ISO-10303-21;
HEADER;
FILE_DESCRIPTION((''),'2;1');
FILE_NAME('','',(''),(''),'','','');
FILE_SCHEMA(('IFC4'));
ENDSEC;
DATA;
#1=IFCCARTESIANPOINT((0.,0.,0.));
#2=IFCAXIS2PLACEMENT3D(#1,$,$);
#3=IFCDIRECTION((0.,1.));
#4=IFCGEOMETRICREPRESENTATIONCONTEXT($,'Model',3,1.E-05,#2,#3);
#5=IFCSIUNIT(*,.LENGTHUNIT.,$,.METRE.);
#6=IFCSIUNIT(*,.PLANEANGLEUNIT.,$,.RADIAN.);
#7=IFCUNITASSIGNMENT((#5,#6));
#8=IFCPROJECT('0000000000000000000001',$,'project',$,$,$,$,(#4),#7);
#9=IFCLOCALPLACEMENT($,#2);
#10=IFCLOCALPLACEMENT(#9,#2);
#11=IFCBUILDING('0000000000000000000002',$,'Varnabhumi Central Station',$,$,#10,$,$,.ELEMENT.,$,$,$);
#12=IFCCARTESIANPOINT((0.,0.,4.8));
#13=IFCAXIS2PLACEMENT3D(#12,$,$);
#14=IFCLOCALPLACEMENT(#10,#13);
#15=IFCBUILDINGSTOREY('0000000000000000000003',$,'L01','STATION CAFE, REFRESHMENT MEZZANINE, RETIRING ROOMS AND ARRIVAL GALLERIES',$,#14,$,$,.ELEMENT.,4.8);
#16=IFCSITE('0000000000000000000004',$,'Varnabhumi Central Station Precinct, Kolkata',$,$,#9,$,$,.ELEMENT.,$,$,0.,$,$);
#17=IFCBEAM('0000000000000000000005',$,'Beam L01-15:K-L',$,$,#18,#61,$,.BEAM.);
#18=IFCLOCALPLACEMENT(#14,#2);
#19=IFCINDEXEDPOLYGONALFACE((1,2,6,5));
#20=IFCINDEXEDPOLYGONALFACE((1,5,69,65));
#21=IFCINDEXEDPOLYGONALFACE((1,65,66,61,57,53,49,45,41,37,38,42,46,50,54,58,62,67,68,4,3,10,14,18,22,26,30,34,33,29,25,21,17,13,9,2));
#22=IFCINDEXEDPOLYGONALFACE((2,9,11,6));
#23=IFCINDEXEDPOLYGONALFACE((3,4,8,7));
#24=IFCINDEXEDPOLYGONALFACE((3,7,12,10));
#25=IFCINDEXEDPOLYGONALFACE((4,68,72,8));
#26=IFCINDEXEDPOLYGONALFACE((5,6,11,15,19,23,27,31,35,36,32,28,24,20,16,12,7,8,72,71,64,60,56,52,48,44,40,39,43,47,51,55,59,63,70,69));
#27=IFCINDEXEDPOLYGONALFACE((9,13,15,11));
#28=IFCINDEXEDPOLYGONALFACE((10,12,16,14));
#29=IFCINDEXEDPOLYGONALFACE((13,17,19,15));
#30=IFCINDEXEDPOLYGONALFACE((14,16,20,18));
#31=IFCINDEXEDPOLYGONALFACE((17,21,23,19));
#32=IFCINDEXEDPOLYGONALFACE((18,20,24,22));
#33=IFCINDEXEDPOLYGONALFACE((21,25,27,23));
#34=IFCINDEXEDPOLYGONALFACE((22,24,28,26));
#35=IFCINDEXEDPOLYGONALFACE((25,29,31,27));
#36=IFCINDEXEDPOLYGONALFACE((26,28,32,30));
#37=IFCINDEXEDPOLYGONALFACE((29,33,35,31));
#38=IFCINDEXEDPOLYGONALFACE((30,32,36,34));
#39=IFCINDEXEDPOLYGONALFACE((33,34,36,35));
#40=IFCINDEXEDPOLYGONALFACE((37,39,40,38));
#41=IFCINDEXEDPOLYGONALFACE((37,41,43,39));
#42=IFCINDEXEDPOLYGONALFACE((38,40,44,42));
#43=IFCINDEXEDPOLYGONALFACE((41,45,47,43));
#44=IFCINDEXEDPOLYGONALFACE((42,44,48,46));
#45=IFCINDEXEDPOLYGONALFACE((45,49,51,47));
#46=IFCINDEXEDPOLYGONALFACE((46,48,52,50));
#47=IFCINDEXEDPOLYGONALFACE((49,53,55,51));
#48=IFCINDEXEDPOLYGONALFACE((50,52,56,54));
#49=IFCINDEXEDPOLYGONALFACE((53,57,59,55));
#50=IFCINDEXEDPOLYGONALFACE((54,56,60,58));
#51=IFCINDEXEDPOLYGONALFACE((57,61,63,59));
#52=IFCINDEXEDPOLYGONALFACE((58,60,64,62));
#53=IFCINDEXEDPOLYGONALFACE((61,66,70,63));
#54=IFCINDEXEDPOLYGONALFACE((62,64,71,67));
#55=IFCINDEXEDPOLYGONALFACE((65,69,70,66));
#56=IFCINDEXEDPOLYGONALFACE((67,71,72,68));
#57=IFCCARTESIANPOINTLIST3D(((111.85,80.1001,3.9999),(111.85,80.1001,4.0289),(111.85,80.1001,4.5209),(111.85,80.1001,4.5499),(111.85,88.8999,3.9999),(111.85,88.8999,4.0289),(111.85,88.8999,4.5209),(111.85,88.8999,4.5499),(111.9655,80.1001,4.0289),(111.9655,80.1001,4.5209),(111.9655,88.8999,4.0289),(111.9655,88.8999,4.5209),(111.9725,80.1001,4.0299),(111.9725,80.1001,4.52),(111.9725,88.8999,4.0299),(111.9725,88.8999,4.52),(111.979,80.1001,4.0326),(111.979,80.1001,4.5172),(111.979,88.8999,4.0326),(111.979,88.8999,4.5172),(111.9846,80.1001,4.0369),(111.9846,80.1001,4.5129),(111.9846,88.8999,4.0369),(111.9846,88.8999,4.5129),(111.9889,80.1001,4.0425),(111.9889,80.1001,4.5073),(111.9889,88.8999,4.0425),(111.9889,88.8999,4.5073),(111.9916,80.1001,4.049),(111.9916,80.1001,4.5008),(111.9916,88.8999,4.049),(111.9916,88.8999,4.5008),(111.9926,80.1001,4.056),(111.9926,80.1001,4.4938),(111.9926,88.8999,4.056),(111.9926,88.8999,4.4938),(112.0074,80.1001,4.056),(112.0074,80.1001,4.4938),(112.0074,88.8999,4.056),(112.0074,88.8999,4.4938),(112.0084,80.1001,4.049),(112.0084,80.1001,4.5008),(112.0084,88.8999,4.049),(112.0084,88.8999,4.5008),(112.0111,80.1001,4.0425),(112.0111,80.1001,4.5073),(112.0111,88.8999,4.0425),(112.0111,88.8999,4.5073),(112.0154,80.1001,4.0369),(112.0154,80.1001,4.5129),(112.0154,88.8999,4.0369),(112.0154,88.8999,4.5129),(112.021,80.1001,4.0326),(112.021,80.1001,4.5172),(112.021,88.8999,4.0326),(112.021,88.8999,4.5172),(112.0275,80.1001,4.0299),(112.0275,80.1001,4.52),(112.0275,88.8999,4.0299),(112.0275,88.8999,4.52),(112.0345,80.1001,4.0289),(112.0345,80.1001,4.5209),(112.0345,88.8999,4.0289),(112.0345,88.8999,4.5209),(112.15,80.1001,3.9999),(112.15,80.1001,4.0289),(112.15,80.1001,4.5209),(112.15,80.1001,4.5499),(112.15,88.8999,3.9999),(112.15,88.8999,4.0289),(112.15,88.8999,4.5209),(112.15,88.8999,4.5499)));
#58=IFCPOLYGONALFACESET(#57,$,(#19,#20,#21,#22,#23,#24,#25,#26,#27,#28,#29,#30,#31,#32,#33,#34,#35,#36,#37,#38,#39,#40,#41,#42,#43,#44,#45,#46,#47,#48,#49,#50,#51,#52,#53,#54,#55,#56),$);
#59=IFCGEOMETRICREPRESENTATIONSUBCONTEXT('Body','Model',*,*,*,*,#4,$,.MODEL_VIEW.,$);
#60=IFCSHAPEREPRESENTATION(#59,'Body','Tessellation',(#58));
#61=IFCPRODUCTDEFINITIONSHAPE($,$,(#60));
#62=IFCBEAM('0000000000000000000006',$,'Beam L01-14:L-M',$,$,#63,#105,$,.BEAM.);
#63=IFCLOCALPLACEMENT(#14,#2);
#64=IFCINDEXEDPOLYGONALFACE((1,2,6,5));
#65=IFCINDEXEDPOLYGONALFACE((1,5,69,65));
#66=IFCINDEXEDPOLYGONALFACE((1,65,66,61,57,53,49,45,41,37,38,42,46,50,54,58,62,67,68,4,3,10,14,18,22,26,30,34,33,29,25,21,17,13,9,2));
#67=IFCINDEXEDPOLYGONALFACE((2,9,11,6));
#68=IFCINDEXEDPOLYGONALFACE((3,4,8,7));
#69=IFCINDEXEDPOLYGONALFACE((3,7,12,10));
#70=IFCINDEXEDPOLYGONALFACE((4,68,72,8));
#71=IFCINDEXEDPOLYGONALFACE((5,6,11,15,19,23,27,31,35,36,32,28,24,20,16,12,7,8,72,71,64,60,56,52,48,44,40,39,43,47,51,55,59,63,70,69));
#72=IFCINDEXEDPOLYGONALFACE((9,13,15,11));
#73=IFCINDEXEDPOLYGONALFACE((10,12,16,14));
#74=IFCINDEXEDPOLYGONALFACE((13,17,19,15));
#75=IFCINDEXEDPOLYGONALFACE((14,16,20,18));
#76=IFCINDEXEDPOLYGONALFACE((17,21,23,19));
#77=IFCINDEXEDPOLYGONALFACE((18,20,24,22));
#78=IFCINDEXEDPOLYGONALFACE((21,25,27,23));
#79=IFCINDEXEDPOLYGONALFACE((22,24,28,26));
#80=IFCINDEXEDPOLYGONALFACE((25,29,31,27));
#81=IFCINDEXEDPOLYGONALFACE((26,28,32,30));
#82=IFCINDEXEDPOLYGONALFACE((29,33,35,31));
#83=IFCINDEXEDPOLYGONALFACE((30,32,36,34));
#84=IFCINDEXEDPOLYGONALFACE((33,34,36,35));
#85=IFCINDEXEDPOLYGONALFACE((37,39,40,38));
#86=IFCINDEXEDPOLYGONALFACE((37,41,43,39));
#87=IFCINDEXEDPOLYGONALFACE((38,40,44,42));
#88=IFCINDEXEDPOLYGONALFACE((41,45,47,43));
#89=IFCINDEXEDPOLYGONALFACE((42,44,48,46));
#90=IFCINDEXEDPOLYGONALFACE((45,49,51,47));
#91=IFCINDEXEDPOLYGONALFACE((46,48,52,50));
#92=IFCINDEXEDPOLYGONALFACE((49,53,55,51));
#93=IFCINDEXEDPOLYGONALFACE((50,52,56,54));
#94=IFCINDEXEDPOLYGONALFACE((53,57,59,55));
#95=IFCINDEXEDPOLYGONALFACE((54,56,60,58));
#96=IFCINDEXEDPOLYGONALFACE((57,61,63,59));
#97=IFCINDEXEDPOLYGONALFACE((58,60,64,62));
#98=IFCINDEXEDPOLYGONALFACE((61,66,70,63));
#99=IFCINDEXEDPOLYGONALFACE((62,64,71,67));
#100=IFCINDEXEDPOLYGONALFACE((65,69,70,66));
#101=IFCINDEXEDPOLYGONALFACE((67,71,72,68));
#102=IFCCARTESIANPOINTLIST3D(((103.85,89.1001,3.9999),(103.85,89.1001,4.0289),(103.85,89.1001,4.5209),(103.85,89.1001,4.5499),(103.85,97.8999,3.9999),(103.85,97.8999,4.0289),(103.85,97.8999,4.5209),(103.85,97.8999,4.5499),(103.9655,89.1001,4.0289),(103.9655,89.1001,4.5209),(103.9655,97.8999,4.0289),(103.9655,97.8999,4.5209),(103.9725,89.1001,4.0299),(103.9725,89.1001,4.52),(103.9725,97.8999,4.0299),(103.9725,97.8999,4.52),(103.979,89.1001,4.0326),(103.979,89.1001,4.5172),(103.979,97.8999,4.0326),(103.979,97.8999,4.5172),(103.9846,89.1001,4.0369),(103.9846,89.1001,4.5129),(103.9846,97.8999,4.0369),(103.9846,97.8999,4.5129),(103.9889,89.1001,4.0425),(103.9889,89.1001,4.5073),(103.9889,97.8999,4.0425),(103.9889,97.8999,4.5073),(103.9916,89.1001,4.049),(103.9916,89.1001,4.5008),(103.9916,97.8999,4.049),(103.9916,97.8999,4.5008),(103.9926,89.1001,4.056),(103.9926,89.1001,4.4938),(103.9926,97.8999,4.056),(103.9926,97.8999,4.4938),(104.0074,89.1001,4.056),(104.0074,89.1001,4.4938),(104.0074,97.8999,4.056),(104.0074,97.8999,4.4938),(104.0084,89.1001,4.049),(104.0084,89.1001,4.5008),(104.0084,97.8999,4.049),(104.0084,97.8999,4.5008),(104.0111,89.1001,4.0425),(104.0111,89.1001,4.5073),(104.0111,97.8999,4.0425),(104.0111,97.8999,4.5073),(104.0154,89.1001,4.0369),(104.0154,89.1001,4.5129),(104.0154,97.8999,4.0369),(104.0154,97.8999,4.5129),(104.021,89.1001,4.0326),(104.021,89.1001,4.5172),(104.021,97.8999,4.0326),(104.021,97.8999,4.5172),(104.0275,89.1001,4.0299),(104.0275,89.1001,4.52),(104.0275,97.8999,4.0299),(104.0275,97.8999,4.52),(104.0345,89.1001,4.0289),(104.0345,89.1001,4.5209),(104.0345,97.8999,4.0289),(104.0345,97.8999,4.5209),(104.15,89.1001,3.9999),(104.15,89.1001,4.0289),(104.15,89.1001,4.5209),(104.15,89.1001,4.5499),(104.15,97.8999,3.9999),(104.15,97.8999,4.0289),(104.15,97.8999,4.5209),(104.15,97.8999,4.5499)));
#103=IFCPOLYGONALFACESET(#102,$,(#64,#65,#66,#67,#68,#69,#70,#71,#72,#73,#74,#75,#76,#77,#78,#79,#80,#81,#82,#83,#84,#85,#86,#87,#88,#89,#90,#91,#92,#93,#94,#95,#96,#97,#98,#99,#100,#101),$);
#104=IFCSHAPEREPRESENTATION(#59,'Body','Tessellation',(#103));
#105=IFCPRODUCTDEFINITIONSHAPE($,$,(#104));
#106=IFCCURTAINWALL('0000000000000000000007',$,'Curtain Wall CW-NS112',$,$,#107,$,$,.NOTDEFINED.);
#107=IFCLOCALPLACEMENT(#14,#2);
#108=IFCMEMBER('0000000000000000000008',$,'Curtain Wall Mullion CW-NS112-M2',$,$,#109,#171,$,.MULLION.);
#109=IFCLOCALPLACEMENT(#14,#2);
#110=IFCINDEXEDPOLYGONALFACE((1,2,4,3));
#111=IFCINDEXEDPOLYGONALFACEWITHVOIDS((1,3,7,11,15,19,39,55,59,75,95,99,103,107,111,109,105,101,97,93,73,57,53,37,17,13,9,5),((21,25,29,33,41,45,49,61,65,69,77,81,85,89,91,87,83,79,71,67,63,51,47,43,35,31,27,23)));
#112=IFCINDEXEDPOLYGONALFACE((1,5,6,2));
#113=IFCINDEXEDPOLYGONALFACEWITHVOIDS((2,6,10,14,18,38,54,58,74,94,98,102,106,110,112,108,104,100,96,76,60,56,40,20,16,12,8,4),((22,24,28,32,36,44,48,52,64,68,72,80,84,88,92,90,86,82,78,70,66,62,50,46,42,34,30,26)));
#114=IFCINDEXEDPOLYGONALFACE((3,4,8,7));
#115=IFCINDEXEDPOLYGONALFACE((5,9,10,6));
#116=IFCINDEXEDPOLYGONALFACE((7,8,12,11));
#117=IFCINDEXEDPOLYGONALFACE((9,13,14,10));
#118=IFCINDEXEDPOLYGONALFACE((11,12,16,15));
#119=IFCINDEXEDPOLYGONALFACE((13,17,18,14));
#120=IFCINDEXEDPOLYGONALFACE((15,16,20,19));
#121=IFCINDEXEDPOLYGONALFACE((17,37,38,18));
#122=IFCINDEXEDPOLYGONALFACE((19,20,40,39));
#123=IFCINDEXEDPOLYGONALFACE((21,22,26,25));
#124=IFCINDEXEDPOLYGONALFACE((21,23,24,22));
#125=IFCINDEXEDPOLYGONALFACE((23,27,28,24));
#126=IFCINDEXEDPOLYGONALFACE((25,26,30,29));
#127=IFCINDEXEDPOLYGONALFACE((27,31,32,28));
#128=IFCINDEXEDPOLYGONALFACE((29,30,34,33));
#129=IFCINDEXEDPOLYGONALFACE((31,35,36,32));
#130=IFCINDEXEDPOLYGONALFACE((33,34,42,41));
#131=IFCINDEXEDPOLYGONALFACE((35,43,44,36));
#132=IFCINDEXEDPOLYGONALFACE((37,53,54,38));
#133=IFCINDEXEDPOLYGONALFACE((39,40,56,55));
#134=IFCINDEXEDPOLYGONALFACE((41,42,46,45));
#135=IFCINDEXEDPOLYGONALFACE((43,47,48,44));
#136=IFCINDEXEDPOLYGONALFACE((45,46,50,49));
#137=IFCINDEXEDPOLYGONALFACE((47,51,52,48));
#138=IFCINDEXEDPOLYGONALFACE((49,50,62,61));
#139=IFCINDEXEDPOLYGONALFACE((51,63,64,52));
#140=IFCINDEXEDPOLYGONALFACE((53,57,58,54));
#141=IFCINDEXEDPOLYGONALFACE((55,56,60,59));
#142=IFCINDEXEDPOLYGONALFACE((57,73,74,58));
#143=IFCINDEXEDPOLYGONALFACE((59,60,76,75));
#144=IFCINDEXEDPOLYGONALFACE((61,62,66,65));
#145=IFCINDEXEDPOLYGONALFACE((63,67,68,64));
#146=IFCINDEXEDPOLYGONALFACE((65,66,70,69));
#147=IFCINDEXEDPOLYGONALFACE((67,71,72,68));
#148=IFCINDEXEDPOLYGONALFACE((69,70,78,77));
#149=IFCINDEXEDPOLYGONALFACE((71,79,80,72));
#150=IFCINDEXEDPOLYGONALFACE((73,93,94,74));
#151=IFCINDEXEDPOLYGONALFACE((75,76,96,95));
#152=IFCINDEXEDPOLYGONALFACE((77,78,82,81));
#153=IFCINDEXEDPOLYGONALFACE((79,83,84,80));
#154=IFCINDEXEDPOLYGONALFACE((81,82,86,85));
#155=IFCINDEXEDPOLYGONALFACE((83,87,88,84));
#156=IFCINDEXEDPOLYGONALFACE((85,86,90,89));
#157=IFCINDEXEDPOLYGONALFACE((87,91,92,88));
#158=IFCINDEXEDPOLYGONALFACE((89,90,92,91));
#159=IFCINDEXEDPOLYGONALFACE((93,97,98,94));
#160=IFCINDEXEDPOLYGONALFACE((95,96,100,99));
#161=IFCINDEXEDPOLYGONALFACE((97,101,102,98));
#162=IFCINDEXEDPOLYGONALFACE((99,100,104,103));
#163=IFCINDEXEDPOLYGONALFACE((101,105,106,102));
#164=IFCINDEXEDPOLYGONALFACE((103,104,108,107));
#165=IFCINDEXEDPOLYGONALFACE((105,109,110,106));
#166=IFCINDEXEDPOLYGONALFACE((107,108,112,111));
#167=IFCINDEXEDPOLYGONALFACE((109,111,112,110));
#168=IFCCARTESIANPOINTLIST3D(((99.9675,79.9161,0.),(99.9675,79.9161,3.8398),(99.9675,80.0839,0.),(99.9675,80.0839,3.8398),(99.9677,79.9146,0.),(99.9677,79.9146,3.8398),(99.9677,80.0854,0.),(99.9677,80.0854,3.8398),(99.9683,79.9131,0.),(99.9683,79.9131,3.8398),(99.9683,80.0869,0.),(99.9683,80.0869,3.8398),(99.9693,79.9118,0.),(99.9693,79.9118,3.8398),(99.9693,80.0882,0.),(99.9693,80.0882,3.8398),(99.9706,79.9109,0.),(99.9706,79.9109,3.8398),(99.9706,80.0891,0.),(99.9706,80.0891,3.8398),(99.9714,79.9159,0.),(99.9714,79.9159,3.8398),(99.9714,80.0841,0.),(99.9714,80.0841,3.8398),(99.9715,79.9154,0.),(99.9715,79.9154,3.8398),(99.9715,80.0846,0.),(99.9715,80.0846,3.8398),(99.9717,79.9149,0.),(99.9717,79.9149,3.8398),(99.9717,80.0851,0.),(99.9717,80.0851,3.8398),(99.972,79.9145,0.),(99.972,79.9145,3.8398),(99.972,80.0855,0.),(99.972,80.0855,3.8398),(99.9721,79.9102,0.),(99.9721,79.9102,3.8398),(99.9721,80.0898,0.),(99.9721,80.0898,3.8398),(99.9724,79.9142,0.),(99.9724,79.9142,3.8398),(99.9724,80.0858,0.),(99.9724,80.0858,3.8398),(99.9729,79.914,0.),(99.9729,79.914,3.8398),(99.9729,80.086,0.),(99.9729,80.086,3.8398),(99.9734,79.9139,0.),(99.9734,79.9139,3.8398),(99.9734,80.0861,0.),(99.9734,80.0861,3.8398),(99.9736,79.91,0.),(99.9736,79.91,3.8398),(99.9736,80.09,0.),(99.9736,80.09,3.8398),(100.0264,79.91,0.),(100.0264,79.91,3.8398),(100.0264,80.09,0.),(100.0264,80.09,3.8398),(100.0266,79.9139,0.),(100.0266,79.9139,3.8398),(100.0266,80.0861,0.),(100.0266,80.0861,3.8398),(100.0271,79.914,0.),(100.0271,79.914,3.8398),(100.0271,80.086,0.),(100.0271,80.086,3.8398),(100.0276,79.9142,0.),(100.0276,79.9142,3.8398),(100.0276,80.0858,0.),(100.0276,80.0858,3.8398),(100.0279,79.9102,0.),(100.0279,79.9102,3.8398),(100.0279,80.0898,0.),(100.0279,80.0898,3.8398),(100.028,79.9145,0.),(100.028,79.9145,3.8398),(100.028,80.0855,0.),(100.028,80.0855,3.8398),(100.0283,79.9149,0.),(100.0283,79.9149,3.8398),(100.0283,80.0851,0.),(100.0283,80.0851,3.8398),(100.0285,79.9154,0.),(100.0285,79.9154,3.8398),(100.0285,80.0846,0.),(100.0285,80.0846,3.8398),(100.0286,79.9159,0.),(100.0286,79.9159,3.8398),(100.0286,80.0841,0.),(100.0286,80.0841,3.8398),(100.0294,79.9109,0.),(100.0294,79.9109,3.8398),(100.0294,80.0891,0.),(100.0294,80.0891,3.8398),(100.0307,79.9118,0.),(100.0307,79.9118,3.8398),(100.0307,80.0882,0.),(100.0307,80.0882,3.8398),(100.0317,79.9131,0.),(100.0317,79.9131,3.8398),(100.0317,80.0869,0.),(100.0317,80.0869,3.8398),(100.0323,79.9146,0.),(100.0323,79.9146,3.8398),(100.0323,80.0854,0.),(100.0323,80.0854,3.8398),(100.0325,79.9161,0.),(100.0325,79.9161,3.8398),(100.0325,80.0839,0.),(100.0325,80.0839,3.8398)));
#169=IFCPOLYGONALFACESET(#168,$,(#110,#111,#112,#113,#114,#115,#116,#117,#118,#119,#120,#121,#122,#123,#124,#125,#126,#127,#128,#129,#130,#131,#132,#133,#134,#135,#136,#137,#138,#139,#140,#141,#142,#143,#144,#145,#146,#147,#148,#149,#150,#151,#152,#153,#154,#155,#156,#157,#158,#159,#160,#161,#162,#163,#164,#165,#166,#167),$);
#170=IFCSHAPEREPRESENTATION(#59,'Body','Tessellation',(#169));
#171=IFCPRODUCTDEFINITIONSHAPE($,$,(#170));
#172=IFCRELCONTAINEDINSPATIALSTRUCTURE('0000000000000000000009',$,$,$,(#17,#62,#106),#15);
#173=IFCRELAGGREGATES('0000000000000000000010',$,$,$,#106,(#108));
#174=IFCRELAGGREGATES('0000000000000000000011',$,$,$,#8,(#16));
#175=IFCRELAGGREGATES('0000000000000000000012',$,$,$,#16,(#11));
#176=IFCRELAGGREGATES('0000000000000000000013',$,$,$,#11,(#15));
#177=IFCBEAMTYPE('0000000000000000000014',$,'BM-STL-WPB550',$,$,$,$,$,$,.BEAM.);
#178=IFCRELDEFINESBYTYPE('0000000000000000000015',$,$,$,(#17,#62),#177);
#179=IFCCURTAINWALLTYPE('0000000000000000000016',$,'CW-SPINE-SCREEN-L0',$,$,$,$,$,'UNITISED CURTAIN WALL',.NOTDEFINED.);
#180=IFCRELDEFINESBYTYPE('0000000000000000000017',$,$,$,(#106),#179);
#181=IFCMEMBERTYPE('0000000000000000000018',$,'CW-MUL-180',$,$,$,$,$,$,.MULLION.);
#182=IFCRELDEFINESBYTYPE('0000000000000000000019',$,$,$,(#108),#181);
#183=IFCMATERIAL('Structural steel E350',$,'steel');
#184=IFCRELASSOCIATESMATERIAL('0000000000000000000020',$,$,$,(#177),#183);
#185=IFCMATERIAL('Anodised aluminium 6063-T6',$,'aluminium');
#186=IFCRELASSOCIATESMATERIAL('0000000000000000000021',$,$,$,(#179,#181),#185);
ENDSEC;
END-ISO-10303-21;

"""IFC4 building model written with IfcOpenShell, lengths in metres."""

from ifc_helpers import new_model, si_unit, direction, frame, origin, origin_2d, place, context, subcontext, project, spatial, hollow_rectangle, i_section, extrude, material, material_profile, profile_set, type_object, element, aggregate, save


model = new_model("IFC4")

# Units and contexts
model_context = context("Model", 3, precision=1e-05, world=origin(), true_north=direction((0.0, 1.0)))
body_context = subcontext(model_context, "Body", "Model", "MODEL_VIEW")
ifc_project = project(units=[si_unit("LENGTHUNIT", "METRE"), si_unit("PLANEANGLEUNIT", "RADIAN")], contexts=[model_context])

# Site, building, storey
site_placement = place(None, origin())
site = spatial("IfcSite", under=ifc_project, at=site_placement, Name="Varnabhumi Central Station Precinct, Kolkata", CompositionType="ELEMENT", RefElevation=0.0)
building_placement = place(site_placement, origin())
building = spatial("IfcBuilding", under=site, at=building_placement, Name="Varnabhumi Central Station", CompositionType="ELEMENT")
storey_placement = place(building_placement, frame((0.0, 0.0, 4.8)))
storey = spatial("IfcBuildingStorey", under=building, at=storey_placement, Name="L01", Description="STATION CAFE, REFRESHMENT MEZZANINE, RETIRING ROOMS AND ARRIVAL GALLERIES", CompositionType="ELEMENT", Elevation=4.8)

# Beams
ifc_material_1 = material(Name="Structural steel E350", Category="steel")
ifc_material_profile_1 = material_profile(ifc_material_1, i_section(OverallWidth=0.3, OverallDepth=0.55, WebThickness=0.0149, FlangeThickness=0.0291, FilletRadius=0.0271, at=origin_2d()), Name="Structural steel E350", Category="steel")
ifc_profile_set_1 = profile_set([ifc_material_profile_1], Name="Structural steel E350")
beam_type_1 = type_object("IfcBeamType", Name="BM-STL-WPB550", PredefinedType="BEAM", material=ifc_profile_set_1)
for number, where, z_axis, x_axis, name in (
    (1, (112.0, 80.1001, 4.2749), (0.0, 1.0, 0.0), (-1.0, 0.0, 0.0), "Beam L01-15:K-L"),
    (2, (104.0, 89.1001, 4.2749), (0.0, 1.0, 0.0), (-1.0, 0.0, 0.0), "Beam L01-14:L-M"),
):
    element("IfcBeam", number, at=place(storey_placement, frame(where, z_axis=z_axis, x_axis=x_axis)), inside=storey, type_object=beam_type_1, Name=name, PredefinedType="BEAM", context=body_context, shape_type="SweptSolid", body=[
        extrude(i_section(OverallWidth=0.3, OverallDepth=0.55, WebThickness=0.0149, FlangeThickness=0.0291, FilletRadius=0.0271, at=origin_2d()), origin(), (0.0, 0.0, 1.0), 8.7998),
    ])

# Curtain wall, member
ifc_material_2 = material(Name="Anodised aluminium 6063-T6", Category="aluminium")
curtain_wall_type_1 = type_object("IfcCurtainWallType", Name="CW-SPINE-SCREEN-L0", ElementType="UNITISED CURTAIN WALL", PredefinedType="NOTDEFINED", material=ifc_material_2)
curtain_wall_1_placement = place(storey_placement, origin())
curtain_wall_1 = element("IfcCurtainWall", 3, at=curtain_wall_1_placement, inside=storey, type_object=curtain_wall_type_1, Name="Curtain Wall CW-NS112", PredefinedType="NOTDEFINED")
ifc_material_profile_2 = material_profile(ifc_material_2, hollow_rectangle(XDim=0.0649, YDim=0.1799, WallThickness=0.0039, InnerFilletRadius=0.002, OuterFilletRadius=0.0061, at=origin_2d()), Name="Anodised aluminium 6063-T6", Category="aluminium")
ifc_profile_set_2 = profile_set([ifc_material_profile_2], Name="Anodised aluminium 6063-T6")
member_type_1 = type_object("IfcMemberType", Name="CW-MUL-180", PredefinedType="MULLION", material=ifc_profile_set_2)
member_1_placement = place(storey_placement, frame((100.0, 80.0, 0.0), z_axis=(0.0, 0.0, 1.0), x_axis=(1.0, 0.0, 0.0)))
member_1 = element("IfcMember", 4, at=member_1_placement, type_object=member_type_1, Name="Curtain Wall Mullion CW-NS112-M2", PredefinedType="MULLION", context=body_context, shape_type="SweptSolid", body=[
    extrude(hollow_rectangle(XDim=0.0649, YDim=0.1799, WallThickness=0.0039, InnerFilletRadius=0.002, OuterFilletRadius=0.0061, at=origin_2d()), origin(), (0.0, 0.0, 1.0), 3.8398),
])

aggregate(curtain_wall_1, [member_1])

save(model, "model.ifc")
